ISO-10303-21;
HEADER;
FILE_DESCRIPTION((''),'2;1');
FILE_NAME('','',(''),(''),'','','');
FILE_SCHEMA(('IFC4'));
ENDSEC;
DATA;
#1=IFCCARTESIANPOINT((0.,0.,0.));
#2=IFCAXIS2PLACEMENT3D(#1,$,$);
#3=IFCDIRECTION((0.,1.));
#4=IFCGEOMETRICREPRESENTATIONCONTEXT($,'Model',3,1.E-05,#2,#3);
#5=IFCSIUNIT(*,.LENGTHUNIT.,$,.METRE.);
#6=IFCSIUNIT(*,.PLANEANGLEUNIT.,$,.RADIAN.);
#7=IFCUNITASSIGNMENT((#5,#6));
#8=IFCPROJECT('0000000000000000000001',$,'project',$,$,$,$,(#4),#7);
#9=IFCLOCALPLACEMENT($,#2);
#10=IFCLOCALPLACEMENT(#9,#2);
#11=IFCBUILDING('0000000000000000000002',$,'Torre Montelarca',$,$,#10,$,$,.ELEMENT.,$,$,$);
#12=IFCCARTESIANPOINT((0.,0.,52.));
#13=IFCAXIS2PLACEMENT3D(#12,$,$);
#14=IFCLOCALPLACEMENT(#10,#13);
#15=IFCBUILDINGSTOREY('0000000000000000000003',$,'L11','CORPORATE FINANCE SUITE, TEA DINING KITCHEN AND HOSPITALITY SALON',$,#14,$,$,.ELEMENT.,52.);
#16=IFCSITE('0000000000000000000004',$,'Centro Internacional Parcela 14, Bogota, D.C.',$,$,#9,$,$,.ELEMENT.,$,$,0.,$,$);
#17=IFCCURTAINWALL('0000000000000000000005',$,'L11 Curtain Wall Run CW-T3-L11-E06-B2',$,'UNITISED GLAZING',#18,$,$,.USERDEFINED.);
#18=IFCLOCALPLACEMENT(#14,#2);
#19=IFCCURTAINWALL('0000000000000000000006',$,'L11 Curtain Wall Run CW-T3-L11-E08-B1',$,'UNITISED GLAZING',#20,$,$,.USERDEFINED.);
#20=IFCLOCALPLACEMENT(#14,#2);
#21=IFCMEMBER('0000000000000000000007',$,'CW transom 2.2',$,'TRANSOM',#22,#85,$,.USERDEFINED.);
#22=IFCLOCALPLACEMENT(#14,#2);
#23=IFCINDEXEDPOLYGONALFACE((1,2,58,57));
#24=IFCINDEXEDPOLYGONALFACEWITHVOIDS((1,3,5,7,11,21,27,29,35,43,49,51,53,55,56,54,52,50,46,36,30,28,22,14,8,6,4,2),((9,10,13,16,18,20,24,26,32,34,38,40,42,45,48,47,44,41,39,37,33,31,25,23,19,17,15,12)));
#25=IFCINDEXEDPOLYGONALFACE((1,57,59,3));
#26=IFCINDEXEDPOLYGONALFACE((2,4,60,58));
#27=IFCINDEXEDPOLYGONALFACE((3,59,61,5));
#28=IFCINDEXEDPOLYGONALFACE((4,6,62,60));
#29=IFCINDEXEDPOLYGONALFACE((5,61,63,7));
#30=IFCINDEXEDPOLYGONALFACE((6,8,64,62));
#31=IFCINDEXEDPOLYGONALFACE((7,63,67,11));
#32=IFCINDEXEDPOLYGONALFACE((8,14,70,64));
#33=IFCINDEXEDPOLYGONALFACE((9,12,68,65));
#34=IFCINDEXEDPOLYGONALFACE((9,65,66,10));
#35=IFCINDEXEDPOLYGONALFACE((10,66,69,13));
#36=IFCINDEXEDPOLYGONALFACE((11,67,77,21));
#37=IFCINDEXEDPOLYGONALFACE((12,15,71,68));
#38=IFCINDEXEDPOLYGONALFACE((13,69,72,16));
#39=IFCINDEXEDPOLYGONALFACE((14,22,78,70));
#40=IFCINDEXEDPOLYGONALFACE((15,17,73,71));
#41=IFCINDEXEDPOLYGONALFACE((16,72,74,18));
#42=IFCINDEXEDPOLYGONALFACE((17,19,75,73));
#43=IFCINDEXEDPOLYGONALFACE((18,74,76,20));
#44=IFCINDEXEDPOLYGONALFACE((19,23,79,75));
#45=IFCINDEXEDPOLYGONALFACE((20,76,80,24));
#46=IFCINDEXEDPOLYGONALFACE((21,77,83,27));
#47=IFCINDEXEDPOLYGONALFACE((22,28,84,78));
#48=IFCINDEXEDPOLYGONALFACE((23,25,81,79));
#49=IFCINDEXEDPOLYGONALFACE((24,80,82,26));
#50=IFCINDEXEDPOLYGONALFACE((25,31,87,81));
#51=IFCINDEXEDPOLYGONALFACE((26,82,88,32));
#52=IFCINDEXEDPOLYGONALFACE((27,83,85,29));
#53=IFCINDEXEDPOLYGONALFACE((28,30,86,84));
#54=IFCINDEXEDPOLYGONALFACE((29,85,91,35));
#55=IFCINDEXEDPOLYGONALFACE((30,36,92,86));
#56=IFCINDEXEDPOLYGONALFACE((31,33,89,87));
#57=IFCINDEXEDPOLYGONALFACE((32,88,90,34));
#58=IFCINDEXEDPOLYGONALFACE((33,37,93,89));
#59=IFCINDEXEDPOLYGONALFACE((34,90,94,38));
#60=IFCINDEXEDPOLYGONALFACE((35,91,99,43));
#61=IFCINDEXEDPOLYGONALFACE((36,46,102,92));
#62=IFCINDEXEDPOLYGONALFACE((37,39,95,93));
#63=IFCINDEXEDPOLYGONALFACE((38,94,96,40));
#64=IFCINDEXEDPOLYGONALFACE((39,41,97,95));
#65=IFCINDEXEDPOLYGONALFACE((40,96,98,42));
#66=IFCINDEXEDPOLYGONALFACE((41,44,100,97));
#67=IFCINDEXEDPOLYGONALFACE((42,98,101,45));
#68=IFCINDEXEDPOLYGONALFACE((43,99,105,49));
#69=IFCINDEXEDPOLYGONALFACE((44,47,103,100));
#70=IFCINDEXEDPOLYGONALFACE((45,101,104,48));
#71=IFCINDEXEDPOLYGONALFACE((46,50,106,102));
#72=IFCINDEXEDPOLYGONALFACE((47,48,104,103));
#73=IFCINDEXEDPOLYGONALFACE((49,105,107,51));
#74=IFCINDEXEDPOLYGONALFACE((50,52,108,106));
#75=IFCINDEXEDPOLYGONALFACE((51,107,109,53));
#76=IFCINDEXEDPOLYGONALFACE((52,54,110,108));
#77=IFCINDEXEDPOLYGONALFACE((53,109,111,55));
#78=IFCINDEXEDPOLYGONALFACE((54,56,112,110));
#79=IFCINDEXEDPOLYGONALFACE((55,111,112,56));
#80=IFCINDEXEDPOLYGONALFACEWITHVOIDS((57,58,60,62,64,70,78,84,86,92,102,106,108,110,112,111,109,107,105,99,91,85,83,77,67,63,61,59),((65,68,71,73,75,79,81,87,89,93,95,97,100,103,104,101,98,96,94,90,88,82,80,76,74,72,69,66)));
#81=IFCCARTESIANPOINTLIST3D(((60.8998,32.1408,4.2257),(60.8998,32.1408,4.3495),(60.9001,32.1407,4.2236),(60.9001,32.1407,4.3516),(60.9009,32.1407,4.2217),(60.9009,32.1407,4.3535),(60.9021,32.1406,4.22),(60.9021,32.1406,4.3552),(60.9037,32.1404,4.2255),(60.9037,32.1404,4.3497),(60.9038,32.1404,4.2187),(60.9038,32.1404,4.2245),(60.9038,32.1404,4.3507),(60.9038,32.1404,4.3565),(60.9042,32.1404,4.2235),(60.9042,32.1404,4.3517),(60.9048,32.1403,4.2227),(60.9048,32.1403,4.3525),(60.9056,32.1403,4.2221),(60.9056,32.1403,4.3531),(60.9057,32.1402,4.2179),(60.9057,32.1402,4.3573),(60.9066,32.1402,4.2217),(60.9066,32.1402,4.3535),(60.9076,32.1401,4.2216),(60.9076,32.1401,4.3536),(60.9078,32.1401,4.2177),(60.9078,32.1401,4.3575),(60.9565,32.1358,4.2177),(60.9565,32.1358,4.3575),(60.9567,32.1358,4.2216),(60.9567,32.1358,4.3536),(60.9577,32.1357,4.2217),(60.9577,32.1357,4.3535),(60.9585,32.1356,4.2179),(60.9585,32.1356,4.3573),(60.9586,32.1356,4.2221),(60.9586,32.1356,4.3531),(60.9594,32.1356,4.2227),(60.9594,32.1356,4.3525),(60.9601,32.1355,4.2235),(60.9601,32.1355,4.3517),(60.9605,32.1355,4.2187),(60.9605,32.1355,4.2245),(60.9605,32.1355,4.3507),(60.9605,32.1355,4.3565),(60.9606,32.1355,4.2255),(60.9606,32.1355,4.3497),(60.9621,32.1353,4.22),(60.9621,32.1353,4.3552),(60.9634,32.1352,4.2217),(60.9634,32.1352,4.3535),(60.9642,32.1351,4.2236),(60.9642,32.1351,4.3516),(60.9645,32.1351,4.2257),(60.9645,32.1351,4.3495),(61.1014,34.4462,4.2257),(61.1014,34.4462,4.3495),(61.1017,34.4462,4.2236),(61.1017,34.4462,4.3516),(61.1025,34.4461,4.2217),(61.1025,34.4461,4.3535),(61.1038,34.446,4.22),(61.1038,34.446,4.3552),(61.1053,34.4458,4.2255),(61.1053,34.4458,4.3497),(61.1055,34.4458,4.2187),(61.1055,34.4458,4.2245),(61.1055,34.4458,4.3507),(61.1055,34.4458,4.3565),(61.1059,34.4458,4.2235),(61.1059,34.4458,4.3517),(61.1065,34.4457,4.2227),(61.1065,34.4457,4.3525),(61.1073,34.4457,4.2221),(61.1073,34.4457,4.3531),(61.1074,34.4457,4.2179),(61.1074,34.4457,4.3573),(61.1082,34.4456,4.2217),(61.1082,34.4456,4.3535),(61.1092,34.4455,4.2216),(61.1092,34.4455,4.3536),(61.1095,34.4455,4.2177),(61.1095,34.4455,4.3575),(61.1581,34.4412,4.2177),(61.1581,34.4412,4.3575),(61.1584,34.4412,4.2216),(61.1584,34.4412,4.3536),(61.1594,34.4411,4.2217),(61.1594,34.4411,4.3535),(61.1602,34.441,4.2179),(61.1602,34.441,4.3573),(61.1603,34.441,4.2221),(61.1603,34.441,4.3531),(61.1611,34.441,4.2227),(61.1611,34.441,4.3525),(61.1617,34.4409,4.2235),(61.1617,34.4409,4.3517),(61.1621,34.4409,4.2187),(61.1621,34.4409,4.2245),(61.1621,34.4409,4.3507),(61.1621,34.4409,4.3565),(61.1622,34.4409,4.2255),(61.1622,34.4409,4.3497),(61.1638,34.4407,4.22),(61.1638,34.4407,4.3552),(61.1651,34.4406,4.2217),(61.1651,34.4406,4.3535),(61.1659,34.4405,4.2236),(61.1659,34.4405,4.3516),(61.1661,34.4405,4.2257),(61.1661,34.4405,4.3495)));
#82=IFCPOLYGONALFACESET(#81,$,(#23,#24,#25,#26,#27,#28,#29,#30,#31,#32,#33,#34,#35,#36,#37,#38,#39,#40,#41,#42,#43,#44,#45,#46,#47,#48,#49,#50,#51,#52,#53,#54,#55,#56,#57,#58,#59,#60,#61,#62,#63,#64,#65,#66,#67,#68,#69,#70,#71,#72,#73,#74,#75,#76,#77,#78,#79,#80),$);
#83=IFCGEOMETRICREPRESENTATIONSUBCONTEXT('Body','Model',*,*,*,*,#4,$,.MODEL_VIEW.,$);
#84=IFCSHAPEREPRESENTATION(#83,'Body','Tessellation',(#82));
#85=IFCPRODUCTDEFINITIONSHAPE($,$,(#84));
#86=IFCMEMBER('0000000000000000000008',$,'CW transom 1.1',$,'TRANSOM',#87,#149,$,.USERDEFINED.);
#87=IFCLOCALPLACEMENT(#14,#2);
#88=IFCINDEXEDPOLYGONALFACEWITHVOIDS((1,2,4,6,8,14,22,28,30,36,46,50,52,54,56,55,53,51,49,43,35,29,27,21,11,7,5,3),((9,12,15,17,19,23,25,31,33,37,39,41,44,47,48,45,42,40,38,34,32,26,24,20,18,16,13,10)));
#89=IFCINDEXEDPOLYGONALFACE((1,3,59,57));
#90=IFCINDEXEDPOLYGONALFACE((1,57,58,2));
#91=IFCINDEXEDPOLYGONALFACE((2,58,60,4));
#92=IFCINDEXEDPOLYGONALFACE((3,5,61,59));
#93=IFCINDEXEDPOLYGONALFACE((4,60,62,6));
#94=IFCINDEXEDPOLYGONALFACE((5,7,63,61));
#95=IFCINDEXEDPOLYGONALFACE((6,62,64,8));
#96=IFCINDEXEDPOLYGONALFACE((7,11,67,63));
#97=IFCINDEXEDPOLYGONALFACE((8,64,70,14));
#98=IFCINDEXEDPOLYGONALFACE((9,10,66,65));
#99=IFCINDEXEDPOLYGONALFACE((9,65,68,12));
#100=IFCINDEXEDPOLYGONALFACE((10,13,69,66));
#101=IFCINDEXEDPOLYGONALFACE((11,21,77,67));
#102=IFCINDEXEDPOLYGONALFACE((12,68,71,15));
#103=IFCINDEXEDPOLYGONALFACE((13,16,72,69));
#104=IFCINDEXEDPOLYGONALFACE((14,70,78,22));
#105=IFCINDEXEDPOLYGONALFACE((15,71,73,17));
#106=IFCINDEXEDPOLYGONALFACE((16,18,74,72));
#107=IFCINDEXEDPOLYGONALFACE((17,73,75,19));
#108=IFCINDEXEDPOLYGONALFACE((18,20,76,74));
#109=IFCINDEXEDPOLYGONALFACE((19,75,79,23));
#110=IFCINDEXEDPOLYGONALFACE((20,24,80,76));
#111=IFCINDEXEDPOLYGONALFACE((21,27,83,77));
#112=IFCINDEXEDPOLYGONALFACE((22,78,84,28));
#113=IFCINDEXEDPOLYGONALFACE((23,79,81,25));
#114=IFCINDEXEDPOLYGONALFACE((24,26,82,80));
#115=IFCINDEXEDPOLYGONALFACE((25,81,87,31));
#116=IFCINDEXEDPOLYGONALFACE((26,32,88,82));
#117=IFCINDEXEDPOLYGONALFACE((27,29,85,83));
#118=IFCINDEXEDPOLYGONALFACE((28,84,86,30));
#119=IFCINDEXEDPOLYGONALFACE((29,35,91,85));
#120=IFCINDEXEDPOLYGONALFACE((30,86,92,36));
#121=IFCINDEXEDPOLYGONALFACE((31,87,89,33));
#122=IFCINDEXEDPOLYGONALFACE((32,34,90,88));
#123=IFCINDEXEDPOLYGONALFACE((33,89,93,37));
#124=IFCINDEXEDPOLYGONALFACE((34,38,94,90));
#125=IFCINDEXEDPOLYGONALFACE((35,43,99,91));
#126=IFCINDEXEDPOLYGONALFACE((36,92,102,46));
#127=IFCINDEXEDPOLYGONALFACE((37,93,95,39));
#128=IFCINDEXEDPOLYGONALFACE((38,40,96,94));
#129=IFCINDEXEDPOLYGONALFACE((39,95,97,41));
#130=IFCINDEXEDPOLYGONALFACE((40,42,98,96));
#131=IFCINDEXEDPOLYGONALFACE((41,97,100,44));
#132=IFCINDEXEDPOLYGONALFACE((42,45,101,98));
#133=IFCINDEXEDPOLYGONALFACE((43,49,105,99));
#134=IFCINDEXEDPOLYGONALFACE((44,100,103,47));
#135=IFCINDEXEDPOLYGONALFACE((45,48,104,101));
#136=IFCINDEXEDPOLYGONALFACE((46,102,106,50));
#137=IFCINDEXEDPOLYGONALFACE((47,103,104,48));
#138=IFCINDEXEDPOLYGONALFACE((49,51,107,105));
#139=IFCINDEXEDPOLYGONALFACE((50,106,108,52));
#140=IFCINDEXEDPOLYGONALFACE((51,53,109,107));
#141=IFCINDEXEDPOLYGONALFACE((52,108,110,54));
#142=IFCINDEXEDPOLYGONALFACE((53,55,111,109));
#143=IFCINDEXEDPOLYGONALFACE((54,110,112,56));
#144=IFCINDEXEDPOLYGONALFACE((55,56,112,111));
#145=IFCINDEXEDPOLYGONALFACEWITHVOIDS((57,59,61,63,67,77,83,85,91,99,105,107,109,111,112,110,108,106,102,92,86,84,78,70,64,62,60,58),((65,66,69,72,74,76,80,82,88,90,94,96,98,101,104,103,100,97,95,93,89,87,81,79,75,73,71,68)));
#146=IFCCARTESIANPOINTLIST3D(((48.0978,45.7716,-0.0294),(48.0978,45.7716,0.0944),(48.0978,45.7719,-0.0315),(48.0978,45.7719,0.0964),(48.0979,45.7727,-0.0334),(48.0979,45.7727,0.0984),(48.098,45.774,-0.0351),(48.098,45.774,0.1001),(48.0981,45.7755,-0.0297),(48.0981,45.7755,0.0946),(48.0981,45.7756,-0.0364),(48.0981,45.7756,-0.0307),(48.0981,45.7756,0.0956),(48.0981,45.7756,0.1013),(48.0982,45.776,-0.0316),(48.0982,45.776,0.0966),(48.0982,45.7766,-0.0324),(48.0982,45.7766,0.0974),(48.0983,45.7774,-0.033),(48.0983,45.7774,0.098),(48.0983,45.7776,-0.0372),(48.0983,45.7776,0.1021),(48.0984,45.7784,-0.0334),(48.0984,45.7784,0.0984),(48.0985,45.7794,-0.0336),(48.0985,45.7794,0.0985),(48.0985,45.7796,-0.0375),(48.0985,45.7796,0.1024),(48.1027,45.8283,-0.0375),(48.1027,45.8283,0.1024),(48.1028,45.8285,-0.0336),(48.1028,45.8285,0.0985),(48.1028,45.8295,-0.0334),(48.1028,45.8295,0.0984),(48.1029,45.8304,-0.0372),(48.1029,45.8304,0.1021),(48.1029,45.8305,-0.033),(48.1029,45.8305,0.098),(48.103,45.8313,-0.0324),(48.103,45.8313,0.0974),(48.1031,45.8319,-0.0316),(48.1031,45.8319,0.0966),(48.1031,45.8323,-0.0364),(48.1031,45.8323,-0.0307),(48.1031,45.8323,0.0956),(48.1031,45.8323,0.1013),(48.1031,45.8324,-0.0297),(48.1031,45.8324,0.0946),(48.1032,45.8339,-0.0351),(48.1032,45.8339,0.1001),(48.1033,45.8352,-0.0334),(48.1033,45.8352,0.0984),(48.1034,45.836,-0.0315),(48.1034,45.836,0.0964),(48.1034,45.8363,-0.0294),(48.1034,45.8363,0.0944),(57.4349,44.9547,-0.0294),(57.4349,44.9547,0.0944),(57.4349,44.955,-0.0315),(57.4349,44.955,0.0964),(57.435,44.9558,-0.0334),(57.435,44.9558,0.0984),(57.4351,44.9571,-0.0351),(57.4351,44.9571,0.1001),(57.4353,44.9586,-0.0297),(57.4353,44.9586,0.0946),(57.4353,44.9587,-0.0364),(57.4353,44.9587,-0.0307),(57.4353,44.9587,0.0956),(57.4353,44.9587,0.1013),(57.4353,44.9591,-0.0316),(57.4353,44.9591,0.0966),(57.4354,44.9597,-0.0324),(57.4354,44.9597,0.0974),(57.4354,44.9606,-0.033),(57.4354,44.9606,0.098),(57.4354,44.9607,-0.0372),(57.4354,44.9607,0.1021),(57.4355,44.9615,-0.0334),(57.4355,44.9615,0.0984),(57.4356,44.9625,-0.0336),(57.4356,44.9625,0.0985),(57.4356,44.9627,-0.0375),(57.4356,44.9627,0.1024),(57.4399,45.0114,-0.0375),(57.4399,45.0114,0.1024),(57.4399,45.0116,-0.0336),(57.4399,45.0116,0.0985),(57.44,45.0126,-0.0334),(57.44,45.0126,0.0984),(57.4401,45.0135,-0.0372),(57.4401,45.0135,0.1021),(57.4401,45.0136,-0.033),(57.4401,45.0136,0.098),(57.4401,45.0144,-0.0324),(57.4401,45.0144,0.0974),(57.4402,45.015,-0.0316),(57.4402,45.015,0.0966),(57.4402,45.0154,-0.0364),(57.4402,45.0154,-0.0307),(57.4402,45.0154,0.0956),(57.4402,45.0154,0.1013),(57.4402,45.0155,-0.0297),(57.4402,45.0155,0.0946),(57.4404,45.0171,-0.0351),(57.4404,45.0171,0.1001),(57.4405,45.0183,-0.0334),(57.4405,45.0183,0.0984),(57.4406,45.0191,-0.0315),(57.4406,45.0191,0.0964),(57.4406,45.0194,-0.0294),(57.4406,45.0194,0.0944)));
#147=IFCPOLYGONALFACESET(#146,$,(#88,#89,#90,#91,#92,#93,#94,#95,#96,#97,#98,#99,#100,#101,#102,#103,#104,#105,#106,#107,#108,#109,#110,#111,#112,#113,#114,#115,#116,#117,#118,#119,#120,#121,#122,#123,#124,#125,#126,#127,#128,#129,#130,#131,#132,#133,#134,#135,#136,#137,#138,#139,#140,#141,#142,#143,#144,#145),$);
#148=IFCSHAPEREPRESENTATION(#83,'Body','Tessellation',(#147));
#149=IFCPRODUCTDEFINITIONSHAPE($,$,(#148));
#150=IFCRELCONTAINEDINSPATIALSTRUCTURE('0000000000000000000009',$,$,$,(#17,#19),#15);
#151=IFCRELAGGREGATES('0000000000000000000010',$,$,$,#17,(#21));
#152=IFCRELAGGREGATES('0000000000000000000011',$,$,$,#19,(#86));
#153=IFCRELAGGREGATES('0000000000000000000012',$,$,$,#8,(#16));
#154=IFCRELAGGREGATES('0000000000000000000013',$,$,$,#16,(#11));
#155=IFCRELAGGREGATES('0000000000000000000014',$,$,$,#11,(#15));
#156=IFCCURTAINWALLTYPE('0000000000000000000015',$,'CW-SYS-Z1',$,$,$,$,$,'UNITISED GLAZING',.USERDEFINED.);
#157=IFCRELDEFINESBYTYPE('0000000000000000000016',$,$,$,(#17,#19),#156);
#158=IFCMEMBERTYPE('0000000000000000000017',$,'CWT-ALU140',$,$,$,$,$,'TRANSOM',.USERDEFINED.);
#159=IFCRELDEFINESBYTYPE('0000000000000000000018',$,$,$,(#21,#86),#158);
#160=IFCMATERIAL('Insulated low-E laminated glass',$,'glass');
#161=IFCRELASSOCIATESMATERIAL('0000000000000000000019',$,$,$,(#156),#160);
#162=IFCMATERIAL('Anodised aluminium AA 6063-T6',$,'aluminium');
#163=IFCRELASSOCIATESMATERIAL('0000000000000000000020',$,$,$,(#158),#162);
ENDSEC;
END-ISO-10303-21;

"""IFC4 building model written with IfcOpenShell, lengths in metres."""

from ifc_helpers import new_model, si_unit, direction, frame, origin, origin_2d, place, context, subcontext, project, spatial, hollow_rectangle, extrude, source, transform, mapped, material, material_profile, profile_set, type_object, element, aggregate, save


model = new_model("IFC4")

# Units and contexts
model_context = context("Model", 3, precision=1e-05, world=origin(), true_north=direction((0.0, 1.0)))
body_context = subcontext(model_context, "Body", "Model", "MODEL_VIEW")
ifc_project = project(units=[si_unit("LENGTHUNIT", "METRE"), si_unit("PLANEANGLEUNIT", "RADIAN")], contexts=[model_context])

# Site, building, storey
site_placement = place(None, origin())
site = spatial("IfcSite", under=ifc_project, at=site_placement, Name="Centro Internacional Parcela 14, Bogota, D.C.", CompositionType="ELEMENT", RefElevation=0.0)
building_placement = place(site_placement, origin())
building = spatial("IfcBuilding", under=site, at=building_placement, Name="Torre Montelarca", CompositionType="ELEMENT")
storey_placement = place(building_placement, frame((0.0, 0.0, 52.0)))
storey = spatial("IfcBuildingStorey", under=building, at=storey_placement, Name="L11", Description="CORPORATE FINANCE SUITE, TEA DINING KITCHEN AND HOSPITALITY SALON", CompositionType="ELEMENT", Elevation=52.0)

# Curtain walls
ifc_material_1 = material(Name="Insulated low-E laminated glass", Category="glass")
curtain_wall_type = type_object("IfcCurtainWallType", Name="CW-SYS-Z1", ElementType="UNITISED GLAZING", PredefinedType="USERDEFINED", material=ifc_material_1)
curtain_wall_1_placement = place(storey_placement, origin())
curtain_wall_1 = element("IfcCurtainWall", 1, at=curtain_wall_1_placement, inside=storey, type_object=curtain_wall_type, Name="L11 Curtain Wall Run CW-T3-L11-E06-B2", ObjectType="UNITISED GLAZING", PredefinedType="USERDEFINED")
ifc_material_2 = material(Name="Anodised aluminium AA 6063-T6", Category="aluminium")
curtain_wall_2_placement = place(storey_placement, origin())
curtain_wall_2 = element("IfcCurtainWall", 2, at=curtain_wall_2_placement, inside=storey, type_object=curtain_wall_type, Name="L11 Curtain Wall Run CW-T3-L11-E08-B1", ObjectType="UNITISED GLAZING", PredefinedType="USERDEFINED")

# Members
ifc_material_profile_1 = material_profile(ifc_material_2, hollow_rectangle(XDim=0.0649, YDim=0.1399, WallThickness=0.0039, InnerFilletRadius=0.0039, OuterFilletRadius=0.0081, at=origin_2d()), Name="ALU65X140X4", Category="aluminium")
ifc_profile_set_1 = profile_set([ifc_material_profile_1], Name="Anodised aluminium AA 6063-T6")
member_type_1 = type_object("IfcMemberType", Name="CWT-ALU140", ElementType="TRANSOM", PredefinedType="USERDEFINED", material=ifc_profile_set_1)
shared_shape_1 = source(origin(), body_context, "Body", "SweptSolid", [
    extrude(hollow_rectangle(XDim=0.0649, YDim=0.1399, WallThickness=0.0039, InnerFilletRadius=0.0039, OuterFilletRadius=0.0081, at=origin_2d()), origin(), (0.0, 0.0, 1.0), 2.3142),
])
member_1_placement = place(storey_placement, frame((60.9321, 32.1379, 4.2876), z_axis=(0.087139, 0.996196, 0.0), x_axis=(-0.996196, 0.087139, 0.0)))
member_1 = element("IfcMember", 3, at=member_1_placement, type_object=member_type_1, Name="CW transom 2.2", ObjectType="TRANSOM", PredefinedType="USERDEFINED", context=body_context, shape_type="MappedRepresentation", body=[
    mapped(shared_shape_1, transform((0.0, 0.0, 0.0), scale=1.0)),
])
shared_shape_2 = source(origin(), body_context, "Body", "SweptSolid", [
    extrude(hollow_rectangle(XDim=0.0649, YDim=0.1399, WallThickness=0.0039, InnerFilletRadius=0.0039, OuterFilletRadius=0.0081, at=origin_2d()), origin(), (0.0, 0.0, 1.0), 9.3728),
])
member_2_placement = place(storey_placement, frame((57.4377, 44.9871, 0.0325), z_axis=(-0.996195, 0.087156, 0.0), x_axis=(-0.087156, -0.996195, 0.0)))
member_2 = element("IfcMember", 4, at=member_2_placement, type_object=member_type_1, Name="CW transom 1.1", ObjectType="TRANSOM", PredefinedType="USERDEFINED", context=body_context, shape_type="MappedRepresentation", body=[
    mapped(shared_shape_2, transform((0.0, 0.0, 0.0), scale=1.0)),
])

aggregate(curtain_wall_1, [member_1])
aggregate(curtain_wall_2, [member_2])

save(model, "model.ifc")
